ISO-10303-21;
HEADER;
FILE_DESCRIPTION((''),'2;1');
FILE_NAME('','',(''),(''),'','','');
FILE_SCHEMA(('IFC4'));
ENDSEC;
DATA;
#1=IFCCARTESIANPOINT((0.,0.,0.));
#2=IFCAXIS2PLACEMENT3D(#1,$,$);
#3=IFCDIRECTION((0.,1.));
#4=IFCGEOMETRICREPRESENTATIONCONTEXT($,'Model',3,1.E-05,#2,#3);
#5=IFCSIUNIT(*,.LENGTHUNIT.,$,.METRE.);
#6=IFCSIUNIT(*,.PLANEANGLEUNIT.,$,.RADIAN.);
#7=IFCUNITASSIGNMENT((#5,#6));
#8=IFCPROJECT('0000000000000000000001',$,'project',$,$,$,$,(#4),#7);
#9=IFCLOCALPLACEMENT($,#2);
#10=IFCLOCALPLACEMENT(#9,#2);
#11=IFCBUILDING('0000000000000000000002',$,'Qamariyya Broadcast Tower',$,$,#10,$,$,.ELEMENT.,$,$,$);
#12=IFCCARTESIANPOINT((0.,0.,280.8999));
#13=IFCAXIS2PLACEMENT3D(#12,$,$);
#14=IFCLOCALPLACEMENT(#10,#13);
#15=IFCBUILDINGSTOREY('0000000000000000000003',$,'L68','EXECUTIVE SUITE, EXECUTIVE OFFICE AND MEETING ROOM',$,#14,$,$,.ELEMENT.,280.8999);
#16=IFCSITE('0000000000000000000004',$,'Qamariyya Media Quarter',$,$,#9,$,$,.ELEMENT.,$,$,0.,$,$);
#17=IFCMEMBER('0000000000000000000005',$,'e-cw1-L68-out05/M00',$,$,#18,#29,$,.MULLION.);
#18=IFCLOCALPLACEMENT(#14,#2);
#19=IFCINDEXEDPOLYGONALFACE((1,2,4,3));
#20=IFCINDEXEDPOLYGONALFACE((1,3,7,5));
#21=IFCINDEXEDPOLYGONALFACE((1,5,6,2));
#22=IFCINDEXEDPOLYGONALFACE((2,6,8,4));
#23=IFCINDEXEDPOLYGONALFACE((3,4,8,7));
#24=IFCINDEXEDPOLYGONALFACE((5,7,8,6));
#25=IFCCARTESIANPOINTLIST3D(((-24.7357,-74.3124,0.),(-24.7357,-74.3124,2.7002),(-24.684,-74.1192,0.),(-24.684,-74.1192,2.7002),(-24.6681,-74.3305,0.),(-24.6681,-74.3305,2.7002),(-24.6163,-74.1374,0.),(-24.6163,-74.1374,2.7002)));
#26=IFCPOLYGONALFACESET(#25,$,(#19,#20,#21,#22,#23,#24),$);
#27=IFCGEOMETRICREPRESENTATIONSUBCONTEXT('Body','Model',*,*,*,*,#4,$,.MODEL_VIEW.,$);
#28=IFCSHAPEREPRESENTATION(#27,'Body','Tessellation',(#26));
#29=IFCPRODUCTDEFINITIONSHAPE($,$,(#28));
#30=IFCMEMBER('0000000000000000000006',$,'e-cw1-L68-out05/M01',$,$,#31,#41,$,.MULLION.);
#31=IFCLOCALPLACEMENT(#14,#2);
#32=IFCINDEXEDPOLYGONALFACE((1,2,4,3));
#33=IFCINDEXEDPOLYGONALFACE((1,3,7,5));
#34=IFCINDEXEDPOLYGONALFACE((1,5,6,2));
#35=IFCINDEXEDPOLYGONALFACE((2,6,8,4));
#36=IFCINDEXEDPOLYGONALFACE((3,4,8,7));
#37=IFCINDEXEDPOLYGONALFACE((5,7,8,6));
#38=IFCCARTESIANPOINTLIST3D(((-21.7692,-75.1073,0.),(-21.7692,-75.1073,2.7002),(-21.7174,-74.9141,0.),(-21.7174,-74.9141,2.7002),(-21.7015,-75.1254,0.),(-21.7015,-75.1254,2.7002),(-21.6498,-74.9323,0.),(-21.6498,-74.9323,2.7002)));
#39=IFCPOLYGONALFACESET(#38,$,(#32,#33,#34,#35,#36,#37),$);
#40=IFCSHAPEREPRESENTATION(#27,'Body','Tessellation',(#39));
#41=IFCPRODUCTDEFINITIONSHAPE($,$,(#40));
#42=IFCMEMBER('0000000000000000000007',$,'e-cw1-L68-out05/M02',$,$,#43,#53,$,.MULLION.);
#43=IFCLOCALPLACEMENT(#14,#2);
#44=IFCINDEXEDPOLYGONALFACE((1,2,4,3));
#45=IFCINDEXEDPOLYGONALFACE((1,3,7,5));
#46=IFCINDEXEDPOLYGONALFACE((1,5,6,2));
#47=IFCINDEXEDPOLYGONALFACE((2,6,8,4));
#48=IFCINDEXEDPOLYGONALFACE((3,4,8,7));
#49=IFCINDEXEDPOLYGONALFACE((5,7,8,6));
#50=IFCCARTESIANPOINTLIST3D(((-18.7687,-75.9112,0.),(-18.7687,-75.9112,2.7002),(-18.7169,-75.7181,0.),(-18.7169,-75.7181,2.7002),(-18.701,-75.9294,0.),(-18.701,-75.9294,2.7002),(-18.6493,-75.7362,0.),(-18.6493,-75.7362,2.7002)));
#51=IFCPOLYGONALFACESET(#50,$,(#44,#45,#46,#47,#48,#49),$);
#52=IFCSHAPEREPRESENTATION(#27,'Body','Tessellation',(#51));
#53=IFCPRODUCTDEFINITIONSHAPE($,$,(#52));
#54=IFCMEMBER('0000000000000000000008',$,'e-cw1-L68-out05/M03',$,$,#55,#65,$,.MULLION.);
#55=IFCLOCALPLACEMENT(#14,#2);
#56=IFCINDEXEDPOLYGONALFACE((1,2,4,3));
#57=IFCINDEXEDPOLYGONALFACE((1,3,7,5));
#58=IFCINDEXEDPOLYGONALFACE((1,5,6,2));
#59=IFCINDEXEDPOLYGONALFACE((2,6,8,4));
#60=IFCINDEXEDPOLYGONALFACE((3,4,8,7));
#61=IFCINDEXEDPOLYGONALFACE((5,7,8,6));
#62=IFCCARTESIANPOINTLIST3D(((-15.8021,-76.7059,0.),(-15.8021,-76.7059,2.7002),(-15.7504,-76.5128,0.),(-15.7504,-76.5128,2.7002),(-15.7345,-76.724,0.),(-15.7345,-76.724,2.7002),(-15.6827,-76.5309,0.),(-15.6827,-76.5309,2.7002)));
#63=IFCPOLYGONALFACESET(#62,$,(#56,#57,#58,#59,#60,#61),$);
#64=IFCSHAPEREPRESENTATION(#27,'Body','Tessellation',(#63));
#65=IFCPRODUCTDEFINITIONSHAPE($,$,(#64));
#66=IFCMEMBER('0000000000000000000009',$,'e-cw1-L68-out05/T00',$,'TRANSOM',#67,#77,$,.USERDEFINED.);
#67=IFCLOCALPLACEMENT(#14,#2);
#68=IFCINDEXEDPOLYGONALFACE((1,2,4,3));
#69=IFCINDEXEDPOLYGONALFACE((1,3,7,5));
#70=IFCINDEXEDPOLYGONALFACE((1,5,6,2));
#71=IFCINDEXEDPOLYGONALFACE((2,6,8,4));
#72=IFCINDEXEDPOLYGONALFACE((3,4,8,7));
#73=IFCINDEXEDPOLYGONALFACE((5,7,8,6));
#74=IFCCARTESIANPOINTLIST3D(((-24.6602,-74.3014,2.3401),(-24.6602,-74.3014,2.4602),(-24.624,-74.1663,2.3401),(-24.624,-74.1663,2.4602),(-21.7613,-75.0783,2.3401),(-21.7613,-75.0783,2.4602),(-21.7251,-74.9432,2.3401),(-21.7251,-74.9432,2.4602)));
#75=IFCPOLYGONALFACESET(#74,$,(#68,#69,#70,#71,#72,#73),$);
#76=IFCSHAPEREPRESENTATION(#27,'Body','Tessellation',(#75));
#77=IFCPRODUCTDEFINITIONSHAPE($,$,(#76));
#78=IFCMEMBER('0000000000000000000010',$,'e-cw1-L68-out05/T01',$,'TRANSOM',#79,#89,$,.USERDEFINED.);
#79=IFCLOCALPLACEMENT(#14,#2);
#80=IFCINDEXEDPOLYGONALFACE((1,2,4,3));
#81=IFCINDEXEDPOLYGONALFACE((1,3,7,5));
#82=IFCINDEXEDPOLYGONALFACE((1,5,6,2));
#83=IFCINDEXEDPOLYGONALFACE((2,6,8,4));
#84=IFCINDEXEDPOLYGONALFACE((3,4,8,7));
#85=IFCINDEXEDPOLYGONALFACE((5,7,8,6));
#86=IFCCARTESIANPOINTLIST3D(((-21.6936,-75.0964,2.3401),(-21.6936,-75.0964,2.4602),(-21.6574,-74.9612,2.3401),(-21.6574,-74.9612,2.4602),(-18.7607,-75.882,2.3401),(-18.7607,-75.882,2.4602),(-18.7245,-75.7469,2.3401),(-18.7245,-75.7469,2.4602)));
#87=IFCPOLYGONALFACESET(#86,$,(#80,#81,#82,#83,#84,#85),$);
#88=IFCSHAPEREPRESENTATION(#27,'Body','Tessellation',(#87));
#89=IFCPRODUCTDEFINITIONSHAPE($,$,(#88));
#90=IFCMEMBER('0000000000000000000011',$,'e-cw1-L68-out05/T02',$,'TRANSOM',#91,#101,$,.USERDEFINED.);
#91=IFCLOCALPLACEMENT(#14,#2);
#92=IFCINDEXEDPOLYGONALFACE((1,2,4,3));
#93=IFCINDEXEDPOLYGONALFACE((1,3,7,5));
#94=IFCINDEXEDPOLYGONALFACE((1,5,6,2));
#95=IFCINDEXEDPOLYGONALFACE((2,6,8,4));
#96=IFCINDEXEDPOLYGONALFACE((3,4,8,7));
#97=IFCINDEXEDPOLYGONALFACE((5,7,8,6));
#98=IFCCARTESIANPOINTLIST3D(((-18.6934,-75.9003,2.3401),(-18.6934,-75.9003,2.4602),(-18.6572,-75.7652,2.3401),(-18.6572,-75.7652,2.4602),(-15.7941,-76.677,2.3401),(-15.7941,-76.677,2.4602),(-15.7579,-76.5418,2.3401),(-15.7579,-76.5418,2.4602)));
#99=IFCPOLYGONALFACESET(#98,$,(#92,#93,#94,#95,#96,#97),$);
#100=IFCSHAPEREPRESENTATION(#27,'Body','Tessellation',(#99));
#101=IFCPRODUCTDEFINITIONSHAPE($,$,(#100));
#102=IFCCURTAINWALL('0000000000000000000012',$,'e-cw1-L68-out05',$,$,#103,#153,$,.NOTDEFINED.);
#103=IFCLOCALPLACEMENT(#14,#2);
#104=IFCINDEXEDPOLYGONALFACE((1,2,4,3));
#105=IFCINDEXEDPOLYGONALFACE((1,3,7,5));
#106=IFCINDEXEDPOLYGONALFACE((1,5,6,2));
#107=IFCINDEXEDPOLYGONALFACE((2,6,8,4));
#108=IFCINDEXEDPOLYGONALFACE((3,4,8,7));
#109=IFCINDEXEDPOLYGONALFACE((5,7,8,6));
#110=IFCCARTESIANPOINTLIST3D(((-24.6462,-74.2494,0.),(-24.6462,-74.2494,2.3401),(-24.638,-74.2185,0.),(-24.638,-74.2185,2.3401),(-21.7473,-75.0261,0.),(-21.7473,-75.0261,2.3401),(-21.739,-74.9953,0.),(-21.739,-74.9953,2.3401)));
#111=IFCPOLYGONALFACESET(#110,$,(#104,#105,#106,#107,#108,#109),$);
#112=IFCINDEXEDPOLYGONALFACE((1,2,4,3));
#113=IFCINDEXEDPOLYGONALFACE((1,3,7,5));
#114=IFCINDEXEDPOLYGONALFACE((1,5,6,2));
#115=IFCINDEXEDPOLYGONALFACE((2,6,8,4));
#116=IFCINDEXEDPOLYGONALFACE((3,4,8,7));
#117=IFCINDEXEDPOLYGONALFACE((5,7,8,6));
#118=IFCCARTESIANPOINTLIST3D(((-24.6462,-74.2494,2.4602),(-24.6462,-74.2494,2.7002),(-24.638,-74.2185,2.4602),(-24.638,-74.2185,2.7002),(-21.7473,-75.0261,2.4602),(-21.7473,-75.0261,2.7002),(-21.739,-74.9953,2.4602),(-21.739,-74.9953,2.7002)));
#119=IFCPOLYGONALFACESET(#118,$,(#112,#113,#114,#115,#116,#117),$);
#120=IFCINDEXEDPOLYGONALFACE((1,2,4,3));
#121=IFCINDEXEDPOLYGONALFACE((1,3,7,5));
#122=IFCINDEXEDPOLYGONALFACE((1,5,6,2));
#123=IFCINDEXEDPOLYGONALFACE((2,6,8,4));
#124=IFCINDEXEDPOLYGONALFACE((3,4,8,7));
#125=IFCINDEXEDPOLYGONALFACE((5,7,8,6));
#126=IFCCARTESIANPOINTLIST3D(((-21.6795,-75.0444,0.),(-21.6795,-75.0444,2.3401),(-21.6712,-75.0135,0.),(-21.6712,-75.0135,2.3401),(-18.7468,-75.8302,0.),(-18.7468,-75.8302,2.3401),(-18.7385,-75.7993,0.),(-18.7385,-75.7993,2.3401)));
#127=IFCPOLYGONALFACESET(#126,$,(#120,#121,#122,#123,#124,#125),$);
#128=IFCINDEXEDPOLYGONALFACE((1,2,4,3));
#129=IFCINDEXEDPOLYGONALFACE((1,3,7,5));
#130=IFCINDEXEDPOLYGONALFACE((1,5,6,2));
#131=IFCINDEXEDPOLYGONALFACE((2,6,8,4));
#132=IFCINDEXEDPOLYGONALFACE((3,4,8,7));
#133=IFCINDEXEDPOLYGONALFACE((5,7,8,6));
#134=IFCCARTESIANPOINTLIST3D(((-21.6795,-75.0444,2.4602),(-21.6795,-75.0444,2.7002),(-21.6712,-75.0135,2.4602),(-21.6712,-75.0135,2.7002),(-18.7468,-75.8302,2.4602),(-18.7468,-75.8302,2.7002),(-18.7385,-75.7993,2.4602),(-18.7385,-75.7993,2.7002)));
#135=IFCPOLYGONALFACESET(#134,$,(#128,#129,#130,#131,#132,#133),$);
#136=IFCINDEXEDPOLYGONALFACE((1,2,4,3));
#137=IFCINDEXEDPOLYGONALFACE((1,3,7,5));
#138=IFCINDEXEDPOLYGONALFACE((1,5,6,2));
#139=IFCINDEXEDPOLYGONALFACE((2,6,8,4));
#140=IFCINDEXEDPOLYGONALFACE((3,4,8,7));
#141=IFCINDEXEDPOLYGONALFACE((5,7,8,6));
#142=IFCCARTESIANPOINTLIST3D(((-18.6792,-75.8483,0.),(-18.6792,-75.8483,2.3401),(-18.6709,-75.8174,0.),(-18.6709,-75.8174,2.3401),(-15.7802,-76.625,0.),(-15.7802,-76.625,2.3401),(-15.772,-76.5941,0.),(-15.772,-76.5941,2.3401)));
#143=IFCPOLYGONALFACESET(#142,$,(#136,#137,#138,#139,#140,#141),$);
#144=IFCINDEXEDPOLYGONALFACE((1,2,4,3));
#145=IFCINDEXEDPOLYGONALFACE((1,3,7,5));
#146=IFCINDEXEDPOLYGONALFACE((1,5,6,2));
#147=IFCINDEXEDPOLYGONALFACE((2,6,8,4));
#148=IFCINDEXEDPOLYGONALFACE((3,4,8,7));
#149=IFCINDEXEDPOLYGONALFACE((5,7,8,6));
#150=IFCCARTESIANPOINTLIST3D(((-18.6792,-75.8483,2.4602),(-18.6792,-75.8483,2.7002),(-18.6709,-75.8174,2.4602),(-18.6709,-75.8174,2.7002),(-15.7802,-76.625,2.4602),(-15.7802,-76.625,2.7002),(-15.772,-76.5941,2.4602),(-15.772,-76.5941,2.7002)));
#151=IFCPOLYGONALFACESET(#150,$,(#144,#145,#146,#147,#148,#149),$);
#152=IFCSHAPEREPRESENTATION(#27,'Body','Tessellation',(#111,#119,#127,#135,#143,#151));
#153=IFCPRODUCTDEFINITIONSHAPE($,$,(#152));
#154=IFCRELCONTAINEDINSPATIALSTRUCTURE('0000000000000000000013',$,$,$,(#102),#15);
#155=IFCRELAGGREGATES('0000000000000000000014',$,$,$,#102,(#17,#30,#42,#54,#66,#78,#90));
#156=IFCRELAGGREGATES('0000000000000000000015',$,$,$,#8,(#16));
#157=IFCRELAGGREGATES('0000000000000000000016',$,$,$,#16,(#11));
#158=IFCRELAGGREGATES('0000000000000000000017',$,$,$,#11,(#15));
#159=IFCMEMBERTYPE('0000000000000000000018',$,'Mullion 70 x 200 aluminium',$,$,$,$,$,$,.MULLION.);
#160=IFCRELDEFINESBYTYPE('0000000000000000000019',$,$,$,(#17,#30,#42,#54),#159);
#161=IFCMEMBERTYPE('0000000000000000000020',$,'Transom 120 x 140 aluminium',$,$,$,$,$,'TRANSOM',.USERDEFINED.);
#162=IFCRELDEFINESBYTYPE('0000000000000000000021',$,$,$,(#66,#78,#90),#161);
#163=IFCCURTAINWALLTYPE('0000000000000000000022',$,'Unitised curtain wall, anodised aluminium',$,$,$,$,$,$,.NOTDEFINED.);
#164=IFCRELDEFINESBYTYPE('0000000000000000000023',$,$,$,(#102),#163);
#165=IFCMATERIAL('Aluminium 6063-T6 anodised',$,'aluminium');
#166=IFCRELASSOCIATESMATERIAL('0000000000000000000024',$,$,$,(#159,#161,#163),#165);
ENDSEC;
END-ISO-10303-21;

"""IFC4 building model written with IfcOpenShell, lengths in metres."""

from ifc_helpers import new_model, si_unit, direction, frame, origin, origin_2d, place, context, subcontext, project, spatial, rectangle, extrude, material, material_profile, profile_set, type_object, element, aggregate, save


model = new_model("IFC4")

# Units and contexts
model_context = context("Model", 3, precision=1e-05, world=origin(), true_north=direction((0.0, 1.0)))
body_context = subcontext(model_context, "Body", "Model", "MODEL_VIEW")
ifc_project = project(units=[si_unit("LENGTHUNIT", "METRE"), si_unit("PLANEANGLEUNIT", "RADIAN")], contexts=[model_context])

# Members
ifc_material = material(Name="Aluminium 6063-T6 anodised", Category="aluminium")
ifc_material_profile_1 = material_profile(ifc_material, rectangle(XDim=0.2, YDim=0.0701, at=origin_2d()))
ifc_profile_set_1 = profile_set([ifc_material_profile_1], Name="Aluminium 6063-T6 anodised")
member_type_1 = type_object("IfcMemberType", Name="Mullion 70 x 200 aluminium", PredefinedType="MULLION", material=ifc_profile_set_1)
site_placement = place(None, origin())
building_placement = place(site_placement, origin())
storey_placement = place(building_placement, frame((0.0, 0.0, 280.8999)))
member_1_placement = place(storey_placement, frame((-24.676, -74.2249, 0.0), z_axis=(0.0, 0.0, 1.0), x_axis=(0.258819, 0.965926, 0.0)))
member_1 = element("IfcMember", 1, at=member_1_placement, type_object=member_type_1, Name="e-cw1-L68-out05/M00", PredefinedType="MULLION", context=body_context, shape_type="SweptSolid", body=[
    extrude(rectangle(XDim=0.2, YDim=0.0701, at=origin_2d()), origin(), (0.0, 0.0, 1.0), 2.7002),
])
member_2_placement = place(storey_placement, frame((-21.7095, -75.0198, 0.0), z_axis=(0.0, 0.0, 1.0), x_axis=(0.258819, 0.965926, 0.0)))
member_2 = element("IfcMember", 2, at=member_2_placement, type_object=member_type_1, Name="e-cw1-L68-out05/M01", PredefinedType="MULLION", context=body_context, shape_type="SweptSolid", body=[
    extrude(rectangle(XDim=0.2, YDim=0.0701, at=origin_2d()), origin(), (0.0, 0.0, 1.0), 2.7002),
])
member_3_placement = place(storey_placement, frame((-18.709, -75.8237, 0.0), z_axis=(0.0, 0.0, 1.0), x_axis=(0.258819, 0.965926, 0.0)))
member_3 = element("IfcMember", 3, at=member_3_placement, type_object=member_type_1, Name="e-cw1-L68-out05/M02", PredefinedType="MULLION", context=body_context, shape_type="SweptSolid", body=[
    extrude(rectangle(XDim=0.2, YDim=0.0701, at=origin_2d()), origin(), (0.0, 0.0, 1.0), 2.7002),
])
member_4_placement = place(storey_placement, frame((-15.7424, -76.6184, 0.0), z_axis=(0.0, 0.0, 1.0), x_axis=(0.258819, 0.965926, 0.0)))
member_4 = element("IfcMember", 4, at=member_4_placement, type_object=member_type_1, Name="e-cw1-L68-out05/M03", PredefinedType="MULLION", context=body_context, shape_type="SweptSolid", body=[
    extrude(rectangle(XDim=0.2, YDim=0.0701, at=origin_2d()), origin(), (0.0, 0.0, 1.0), 2.7002),
])
ifc_material_profile_2 = material_profile(ifc_material, rectangle(XDim=0.1399, YDim=0.1201, at=origin_2d()))
ifc_profile_set_2 = profile_set([ifc_material_profile_2], Name="Aluminium 6063-T6 anodised")
member_type_2 = type_object("IfcMemberType", Name="Transom 120 x 140 aluminium", ElementType="TRANSOM", PredefinedType="USERDEFINED", material=ifc_profile_set_2)
member_5_placement = place(storey_placement, frame((-24.6421, -74.2339, 2.4001), z_axis=(0.965918, -0.258847, 0.0), x_axis=(0.258847, 0.965918, 0.0)))
member_5 = element("IfcMember", 5, at=member_5_placement, type_object=member_type_2, Name="e-cw1-L68-out05/T00", ObjectType="TRANSOM", PredefinedType="USERDEFINED", context=body_context, shape_type="SweptSolid", body=[
    extrude(rectangle(XDim=0.1399, YDim=0.1201, at=origin_2d()), origin(), (0.0, 0.0, 1.0), 3.0012),
])
member_6_placement = place(storey_placement, frame((-21.6755, -75.0288, 2.4001), z_axis=(0.965943, -0.258754, 0.0), x_axis=(0.258754, 0.965943, 0.0)))
member_6 = element("IfcMember", 6, at=member_6_placement, type_object=member_type_2, Name="e-cw1-L68-out05/T01", ObjectType="TRANSOM", PredefinedType="USERDEFINED", context=body_context, shape_type="SweptSolid", body=[
    extrude(rectangle(XDim=0.1399, YDim=0.1201, at=origin_2d()), origin(), (0.0, 0.0, 1.0), 3.0364),
])
member_7_placement = place(storey_placement, frame((-18.6753, -75.8328, 2.4001), z_axis=(0.965944, -0.258751, 0.0), x_axis=(0.258751, 0.965944, 0.0)))
member_7 = element("IfcMember", 7, at=member_7_placement, type_object=member_type_2, Name="e-cw1-L68-out05/T02", ObjectType="TRANSOM", PredefinedType="USERDEFINED", context=body_context, shape_type="SweptSolid", body=[
    extrude(rectangle(XDim=0.1399, YDim=0.1201, at=origin_2d()), origin(), (0.0, 0.0, 1.0), 3.0015),
])

# Site, building, storey
site = spatial("IfcSite", under=ifc_project, at=site_placement, Name="Qamariyya Media Quarter", CompositionType="ELEMENT", RefElevation=0.0)
building = spatial("IfcBuilding", under=site, at=building_placement, Name="Qamariyya Broadcast Tower", CompositionType="ELEMENT")
storey = spatial("IfcBuildingStorey", under=building, at=storey_placement, Name="L68", Description="EXECUTIVE SUITE, EXECUTIVE OFFICE AND MEETING ROOM", CompositionType="ELEMENT", Elevation=280.8999)

# Curtain wall
curtain_wall_type = type_object("IfcCurtainWallType", Name="Unitised curtain wall, anodised aluminium", PredefinedType="NOTDEFINED", material=ifc_material)
curtain_wall_1_placement = place(storey_placement, origin())
curtain_wall_1 = element("IfcCurtainWall", 8, at=curtain_wall_1_placement, inside=storey, type_object=curtain_wall_type, Name="e-cw1-L68-out05", PredefinedType="NOTDEFINED", context=body_context, shape_type="SweptSolid", body=[
    extrude(rectangle(XDim=3.0012, YDim=0.032, at=origin_2d()), frame((-23.1926, -74.6223, 0.0), x_axis=(0.965926, -0.258819, 0.0)), (0.0, 0.0, 1.0), 2.3401),
    extrude(rectangle(XDim=3.0012, YDim=0.032, at=origin_2d()), frame((-23.1926, -74.6223, 2.4602), x_axis=(0.965926, -0.258819, 0.0)), (0.0, 0.0, 1.0), 0.24),
    extrude(rectangle(XDim=3.0361, YDim=0.032, at=origin_2d()), frame((-20.209, -75.4219, 0.0), x_axis=(0.965926, -0.258819, 0.0)), (0.0, 0.0, 1.0), 2.3401),
    extrude(rectangle(XDim=3.0361, YDim=0.032, at=origin_2d()), frame((-20.209, -75.4219, 2.4602), x_axis=(0.965926, -0.258819, 0.0)), (0.0, 0.0, 1.0), 0.24),
    extrude(rectangle(XDim=3.0012, YDim=0.032, at=origin_2d()), frame((-17.2256, -76.2212, 0.0), x_axis=(0.965926, -0.258819, 0.0)), (0.0, 0.0, 1.0), 2.3401),
    extrude(rectangle(XDim=3.0012, YDim=0.032, at=origin_2d()), frame((-17.2256, -76.2212, 2.4602), x_axis=(0.965926, -0.258819, 0.0)), (0.0, 0.0, 1.0), 0.24),
])
aggregate(curtain_wall_1, [member_1, member_2, member_3, member_4, member_5, member_6, member_7])

save(model, "model.ifc")
